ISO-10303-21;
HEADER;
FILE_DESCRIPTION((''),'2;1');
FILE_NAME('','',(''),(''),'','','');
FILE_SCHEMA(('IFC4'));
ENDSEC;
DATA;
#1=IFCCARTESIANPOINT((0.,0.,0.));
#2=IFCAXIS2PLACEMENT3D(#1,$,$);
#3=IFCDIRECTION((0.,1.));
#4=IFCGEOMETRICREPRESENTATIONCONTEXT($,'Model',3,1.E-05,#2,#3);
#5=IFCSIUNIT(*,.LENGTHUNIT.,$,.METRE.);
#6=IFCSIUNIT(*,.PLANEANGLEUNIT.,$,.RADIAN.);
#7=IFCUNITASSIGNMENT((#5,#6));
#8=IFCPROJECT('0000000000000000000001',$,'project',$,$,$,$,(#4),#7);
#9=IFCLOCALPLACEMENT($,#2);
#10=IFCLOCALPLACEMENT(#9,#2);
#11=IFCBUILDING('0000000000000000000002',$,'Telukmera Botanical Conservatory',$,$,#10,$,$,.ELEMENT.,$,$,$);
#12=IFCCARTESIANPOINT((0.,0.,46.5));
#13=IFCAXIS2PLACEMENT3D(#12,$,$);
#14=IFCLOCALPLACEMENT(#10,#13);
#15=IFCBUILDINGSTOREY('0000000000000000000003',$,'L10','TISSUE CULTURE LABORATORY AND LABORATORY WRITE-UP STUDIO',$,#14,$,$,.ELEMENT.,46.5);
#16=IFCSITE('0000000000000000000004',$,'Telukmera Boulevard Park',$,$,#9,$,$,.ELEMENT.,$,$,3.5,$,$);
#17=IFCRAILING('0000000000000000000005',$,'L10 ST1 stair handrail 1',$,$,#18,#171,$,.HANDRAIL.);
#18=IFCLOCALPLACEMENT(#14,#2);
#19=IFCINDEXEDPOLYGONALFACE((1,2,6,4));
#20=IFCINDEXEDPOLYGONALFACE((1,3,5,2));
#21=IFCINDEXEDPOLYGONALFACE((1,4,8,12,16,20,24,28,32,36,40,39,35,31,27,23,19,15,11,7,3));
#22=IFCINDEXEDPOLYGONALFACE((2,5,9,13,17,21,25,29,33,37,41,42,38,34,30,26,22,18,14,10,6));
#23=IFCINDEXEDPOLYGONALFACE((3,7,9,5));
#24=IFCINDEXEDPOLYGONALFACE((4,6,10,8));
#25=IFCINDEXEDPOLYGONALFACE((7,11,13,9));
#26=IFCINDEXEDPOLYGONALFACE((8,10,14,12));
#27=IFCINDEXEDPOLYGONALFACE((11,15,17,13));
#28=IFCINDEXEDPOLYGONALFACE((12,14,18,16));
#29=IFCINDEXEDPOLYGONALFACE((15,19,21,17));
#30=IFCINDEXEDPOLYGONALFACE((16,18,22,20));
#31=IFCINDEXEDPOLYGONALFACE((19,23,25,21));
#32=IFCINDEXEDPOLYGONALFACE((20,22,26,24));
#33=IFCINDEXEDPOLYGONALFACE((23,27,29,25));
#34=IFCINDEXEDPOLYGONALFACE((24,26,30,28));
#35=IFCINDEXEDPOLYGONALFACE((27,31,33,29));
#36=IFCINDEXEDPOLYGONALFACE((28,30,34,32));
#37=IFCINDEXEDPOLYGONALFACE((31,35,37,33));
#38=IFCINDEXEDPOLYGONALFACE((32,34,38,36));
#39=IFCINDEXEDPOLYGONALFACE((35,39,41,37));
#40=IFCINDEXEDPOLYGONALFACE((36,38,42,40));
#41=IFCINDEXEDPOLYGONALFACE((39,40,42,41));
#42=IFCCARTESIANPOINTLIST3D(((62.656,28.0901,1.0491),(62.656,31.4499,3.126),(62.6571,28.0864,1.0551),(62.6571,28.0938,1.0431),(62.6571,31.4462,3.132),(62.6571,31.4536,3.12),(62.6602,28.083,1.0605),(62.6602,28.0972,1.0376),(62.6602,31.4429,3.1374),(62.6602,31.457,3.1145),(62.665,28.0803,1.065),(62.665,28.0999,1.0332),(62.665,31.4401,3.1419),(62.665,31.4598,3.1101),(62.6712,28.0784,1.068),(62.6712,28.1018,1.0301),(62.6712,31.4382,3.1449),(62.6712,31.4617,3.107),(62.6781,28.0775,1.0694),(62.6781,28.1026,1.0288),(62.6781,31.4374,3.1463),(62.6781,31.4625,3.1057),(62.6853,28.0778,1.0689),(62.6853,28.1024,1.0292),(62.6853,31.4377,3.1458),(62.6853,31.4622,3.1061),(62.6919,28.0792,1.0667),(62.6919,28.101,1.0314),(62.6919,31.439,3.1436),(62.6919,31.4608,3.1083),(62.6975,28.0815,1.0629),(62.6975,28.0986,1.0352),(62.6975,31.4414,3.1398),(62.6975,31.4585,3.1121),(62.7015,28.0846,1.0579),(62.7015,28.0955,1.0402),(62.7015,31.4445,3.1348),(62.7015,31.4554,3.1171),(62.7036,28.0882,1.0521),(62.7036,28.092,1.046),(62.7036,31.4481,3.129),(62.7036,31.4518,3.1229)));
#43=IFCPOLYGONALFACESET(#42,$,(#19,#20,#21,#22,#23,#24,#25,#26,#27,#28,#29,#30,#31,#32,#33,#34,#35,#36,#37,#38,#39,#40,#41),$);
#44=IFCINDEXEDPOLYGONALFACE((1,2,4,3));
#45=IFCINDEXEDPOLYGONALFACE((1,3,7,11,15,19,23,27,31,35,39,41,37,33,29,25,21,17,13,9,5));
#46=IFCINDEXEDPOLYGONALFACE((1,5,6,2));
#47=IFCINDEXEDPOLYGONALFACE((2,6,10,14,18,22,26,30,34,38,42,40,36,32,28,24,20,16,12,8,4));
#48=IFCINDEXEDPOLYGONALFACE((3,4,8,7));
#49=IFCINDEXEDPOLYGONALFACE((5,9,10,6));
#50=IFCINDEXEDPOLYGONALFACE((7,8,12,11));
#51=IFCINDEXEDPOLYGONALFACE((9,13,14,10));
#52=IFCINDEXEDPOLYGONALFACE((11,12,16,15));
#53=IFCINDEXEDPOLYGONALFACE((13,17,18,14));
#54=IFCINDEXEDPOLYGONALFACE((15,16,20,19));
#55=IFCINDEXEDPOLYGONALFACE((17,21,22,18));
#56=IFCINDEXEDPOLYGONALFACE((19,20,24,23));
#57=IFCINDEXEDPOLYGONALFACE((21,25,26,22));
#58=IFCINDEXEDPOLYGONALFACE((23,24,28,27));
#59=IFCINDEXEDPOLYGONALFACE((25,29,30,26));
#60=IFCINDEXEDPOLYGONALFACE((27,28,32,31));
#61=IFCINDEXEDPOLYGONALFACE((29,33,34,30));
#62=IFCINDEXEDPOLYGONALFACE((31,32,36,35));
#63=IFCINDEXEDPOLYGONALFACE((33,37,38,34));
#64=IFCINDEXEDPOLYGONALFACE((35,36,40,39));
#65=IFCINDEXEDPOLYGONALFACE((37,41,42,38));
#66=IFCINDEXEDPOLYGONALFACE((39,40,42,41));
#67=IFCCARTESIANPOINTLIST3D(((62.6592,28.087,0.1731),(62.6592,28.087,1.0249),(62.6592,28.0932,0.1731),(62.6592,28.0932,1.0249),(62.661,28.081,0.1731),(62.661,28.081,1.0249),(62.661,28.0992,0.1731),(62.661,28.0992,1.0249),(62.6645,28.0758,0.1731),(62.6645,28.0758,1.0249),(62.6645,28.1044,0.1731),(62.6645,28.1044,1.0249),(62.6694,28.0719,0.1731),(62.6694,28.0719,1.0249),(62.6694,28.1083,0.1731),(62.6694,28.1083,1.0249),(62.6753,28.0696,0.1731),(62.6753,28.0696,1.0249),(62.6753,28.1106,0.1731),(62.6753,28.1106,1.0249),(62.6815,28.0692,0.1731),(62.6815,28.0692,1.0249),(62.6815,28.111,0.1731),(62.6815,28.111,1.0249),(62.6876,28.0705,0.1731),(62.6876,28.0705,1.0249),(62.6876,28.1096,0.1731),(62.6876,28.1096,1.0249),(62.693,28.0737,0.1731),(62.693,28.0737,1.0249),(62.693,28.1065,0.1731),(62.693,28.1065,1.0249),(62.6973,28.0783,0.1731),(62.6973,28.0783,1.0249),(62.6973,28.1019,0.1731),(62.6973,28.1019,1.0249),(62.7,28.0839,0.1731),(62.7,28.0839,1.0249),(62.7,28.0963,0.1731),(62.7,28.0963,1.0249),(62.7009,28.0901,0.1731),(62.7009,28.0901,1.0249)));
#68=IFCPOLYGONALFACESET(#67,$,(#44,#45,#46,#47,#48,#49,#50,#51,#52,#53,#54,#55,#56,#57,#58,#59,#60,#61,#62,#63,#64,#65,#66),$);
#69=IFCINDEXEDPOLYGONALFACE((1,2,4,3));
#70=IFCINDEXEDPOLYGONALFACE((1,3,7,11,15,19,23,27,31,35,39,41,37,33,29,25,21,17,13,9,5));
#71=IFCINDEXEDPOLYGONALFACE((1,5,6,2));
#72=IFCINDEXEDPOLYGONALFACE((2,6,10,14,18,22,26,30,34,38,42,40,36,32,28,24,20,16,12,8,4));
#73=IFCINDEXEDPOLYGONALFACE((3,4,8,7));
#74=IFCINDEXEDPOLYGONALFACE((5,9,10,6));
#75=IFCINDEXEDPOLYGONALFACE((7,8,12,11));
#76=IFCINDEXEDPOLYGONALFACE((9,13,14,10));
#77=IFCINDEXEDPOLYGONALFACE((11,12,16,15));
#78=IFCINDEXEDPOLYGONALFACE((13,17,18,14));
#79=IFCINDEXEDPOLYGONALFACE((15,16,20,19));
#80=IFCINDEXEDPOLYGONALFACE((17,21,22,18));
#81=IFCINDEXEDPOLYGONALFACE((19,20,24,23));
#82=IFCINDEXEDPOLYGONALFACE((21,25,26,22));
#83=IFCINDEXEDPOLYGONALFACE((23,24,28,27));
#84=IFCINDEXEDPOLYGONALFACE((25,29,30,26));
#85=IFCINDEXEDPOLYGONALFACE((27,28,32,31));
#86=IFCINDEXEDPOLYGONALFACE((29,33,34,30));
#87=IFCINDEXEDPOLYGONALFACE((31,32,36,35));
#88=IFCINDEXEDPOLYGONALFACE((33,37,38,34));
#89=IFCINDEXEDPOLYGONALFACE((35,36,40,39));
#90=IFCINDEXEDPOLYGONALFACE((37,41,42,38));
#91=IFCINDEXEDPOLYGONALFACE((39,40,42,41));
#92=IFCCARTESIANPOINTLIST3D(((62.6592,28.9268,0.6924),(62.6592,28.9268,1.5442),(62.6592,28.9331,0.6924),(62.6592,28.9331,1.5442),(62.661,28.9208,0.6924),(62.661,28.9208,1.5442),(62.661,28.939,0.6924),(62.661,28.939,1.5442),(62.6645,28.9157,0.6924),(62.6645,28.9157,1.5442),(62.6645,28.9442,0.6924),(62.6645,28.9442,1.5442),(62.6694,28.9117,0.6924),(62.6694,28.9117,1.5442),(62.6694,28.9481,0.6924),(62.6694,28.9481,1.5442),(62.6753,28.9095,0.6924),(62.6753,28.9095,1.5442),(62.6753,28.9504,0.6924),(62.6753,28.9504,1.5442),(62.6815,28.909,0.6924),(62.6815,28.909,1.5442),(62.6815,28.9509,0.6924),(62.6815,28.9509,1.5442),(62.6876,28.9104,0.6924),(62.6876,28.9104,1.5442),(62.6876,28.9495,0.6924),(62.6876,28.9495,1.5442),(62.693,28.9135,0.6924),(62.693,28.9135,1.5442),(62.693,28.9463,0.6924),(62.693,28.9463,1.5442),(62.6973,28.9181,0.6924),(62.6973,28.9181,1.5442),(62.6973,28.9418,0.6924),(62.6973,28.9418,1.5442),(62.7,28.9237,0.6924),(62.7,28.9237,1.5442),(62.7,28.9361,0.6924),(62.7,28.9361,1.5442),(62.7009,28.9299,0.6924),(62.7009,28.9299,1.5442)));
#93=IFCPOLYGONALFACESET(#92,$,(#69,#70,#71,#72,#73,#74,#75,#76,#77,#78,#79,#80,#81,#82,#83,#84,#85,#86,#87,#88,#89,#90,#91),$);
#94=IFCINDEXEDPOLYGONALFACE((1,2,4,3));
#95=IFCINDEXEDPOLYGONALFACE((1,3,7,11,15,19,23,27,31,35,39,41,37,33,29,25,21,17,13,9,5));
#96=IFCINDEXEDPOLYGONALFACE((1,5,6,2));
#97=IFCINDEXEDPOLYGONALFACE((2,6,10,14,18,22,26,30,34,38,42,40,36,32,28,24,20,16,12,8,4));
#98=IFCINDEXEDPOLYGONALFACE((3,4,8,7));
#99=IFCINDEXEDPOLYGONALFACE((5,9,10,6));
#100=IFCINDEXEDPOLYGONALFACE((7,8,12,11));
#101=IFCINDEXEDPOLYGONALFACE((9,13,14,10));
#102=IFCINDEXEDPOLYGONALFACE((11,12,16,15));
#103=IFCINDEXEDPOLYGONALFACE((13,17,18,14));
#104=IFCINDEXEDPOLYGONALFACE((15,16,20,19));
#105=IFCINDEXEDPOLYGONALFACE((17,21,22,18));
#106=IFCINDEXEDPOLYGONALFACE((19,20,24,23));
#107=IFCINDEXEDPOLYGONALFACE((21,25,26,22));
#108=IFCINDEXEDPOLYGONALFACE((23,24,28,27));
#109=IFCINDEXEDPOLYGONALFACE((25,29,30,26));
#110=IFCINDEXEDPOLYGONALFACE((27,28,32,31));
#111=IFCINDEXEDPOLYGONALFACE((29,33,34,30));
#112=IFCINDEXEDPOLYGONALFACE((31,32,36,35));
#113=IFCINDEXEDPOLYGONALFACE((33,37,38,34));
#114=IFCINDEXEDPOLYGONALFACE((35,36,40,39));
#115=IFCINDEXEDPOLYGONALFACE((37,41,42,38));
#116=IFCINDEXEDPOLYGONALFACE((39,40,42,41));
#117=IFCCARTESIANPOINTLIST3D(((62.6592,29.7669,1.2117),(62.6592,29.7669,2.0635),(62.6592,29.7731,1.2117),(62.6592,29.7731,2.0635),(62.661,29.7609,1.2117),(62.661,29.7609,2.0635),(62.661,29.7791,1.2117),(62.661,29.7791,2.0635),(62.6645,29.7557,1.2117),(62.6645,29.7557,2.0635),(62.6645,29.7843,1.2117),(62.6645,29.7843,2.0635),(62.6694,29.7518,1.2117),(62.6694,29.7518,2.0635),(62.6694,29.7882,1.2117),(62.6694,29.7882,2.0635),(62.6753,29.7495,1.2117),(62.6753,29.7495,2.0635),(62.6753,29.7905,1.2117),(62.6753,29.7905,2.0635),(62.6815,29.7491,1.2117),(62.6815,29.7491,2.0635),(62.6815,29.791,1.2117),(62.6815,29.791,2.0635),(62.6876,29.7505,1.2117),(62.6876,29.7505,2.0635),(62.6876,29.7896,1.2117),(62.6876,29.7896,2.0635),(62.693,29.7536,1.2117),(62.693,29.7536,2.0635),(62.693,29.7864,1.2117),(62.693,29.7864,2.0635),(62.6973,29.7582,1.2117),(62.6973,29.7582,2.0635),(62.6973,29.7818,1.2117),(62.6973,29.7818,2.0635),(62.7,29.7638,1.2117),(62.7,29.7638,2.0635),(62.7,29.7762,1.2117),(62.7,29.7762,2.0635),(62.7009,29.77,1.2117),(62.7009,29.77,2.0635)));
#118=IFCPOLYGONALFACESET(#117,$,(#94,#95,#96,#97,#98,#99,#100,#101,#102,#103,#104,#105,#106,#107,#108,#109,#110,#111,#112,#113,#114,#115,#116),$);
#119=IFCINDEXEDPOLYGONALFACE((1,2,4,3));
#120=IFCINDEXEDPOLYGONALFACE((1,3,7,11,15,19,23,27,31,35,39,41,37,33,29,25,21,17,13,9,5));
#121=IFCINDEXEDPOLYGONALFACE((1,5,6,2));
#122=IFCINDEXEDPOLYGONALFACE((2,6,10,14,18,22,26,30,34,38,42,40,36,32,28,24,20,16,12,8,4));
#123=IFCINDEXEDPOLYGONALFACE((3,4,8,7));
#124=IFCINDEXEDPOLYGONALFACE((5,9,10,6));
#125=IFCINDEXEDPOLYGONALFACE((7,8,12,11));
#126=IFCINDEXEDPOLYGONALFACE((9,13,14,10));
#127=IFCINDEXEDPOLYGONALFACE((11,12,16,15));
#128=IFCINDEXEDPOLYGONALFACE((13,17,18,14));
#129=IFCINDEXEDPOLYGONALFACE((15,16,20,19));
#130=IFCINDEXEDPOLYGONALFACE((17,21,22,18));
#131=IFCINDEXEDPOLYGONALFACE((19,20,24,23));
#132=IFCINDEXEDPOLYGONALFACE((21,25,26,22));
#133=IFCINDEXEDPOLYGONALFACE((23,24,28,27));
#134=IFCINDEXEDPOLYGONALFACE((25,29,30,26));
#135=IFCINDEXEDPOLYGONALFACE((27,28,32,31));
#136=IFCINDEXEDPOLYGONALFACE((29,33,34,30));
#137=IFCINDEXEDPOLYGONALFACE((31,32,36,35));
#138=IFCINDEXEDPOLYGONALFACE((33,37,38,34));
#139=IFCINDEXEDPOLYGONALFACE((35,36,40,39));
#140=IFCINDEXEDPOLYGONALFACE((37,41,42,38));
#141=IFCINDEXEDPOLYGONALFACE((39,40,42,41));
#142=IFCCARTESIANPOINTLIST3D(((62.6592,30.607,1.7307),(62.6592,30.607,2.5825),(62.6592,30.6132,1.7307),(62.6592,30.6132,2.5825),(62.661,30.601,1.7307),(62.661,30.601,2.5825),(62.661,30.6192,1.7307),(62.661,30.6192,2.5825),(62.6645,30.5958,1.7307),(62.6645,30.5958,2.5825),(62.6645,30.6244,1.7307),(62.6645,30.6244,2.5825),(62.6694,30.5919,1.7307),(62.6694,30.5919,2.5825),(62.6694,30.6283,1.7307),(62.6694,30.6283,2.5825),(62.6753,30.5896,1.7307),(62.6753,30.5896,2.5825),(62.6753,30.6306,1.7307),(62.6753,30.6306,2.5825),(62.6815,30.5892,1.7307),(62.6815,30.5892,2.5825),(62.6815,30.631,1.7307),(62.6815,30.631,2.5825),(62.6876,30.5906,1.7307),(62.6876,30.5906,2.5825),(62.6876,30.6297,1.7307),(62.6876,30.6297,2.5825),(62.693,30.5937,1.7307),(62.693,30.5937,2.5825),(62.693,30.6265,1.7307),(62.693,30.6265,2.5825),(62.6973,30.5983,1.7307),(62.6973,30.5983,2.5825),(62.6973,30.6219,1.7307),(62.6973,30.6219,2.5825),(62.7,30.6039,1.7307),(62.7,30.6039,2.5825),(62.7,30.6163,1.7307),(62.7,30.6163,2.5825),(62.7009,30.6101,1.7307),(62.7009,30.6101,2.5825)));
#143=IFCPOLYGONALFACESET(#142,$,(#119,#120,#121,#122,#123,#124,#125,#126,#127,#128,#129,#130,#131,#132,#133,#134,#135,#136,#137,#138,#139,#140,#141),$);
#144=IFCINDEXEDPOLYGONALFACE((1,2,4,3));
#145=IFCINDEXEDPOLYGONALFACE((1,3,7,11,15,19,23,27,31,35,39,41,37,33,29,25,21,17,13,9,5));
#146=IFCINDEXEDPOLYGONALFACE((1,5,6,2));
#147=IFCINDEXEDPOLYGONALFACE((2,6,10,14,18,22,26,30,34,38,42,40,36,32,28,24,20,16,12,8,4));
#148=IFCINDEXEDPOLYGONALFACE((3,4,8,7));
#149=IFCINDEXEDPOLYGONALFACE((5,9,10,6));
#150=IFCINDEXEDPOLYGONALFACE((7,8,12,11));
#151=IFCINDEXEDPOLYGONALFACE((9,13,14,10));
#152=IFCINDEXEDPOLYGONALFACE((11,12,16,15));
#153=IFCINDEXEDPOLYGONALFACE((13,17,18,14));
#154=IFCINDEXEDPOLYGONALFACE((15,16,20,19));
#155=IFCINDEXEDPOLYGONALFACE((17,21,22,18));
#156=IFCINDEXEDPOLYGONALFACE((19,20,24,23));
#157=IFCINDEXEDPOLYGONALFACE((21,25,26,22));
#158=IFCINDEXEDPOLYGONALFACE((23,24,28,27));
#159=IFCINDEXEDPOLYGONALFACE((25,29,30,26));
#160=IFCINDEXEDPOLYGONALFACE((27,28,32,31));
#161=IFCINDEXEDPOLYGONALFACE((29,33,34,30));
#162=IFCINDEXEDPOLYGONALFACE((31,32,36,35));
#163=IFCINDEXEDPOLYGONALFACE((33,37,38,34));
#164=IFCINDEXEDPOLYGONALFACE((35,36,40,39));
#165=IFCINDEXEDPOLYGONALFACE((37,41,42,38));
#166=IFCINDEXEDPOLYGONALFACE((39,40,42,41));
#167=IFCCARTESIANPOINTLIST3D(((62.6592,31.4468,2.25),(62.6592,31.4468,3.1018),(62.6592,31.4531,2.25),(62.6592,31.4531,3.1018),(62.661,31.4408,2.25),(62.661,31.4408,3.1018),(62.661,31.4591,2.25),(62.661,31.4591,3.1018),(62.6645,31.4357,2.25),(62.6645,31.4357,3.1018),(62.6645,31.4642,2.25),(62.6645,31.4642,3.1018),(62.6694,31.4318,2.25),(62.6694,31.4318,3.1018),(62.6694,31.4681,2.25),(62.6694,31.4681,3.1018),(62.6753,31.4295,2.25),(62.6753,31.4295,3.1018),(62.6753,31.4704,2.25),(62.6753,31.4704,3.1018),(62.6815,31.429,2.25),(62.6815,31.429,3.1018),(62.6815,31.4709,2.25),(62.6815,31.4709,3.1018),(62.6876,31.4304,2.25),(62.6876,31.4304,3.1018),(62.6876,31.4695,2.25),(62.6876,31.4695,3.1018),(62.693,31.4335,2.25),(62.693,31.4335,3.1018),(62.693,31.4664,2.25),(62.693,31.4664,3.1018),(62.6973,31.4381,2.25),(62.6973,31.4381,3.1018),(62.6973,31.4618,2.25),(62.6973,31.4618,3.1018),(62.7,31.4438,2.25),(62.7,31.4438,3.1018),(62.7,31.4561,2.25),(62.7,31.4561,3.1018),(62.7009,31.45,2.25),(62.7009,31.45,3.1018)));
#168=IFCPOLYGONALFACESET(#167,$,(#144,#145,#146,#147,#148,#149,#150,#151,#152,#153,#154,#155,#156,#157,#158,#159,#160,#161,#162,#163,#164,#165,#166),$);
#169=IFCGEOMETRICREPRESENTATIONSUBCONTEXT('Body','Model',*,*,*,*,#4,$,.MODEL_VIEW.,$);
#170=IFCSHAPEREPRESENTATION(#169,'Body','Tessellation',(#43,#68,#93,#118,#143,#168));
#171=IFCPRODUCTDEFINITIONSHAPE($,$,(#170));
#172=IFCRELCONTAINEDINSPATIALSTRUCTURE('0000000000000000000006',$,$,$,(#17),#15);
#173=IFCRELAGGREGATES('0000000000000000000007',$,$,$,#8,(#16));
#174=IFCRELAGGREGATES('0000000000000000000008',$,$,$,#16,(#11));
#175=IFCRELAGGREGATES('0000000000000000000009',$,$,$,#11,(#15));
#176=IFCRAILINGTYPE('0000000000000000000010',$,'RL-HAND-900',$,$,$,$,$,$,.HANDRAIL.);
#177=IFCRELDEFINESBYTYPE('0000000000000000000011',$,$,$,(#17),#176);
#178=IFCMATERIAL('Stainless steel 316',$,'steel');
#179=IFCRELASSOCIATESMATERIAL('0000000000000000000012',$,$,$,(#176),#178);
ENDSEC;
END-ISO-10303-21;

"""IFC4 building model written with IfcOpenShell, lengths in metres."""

from ifc_helpers import new_model, si_unit, direction, frame, origin, origin_2d, place, context, subcontext, project, spatial, circle, extrude, material, type_object, element, save


model = new_model("IFC4")

# Units and contexts
model_context = context("Model", 3, precision=1e-05, world=origin(), true_north=direction((0.0, 1.0)))
body_context = subcontext(model_context, "Body", "Model", "MODEL_VIEW")
ifc_project = project(units=[si_unit("LENGTHUNIT", "METRE"), si_unit("PLANEANGLEUNIT", "RADIAN")], contexts=[model_context])

# Site, building, storey
site_placement = place(None, origin())
site = spatial("IfcSite", under=ifc_project, at=site_placement, Name="Telukmera Boulevard Park", CompositionType="ELEMENT", RefElevation=3.5)
building_placement = place(site_placement, origin())
building = spatial("IfcBuilding", under=site, at=building_placement, Name="Telukmera Botanical Conservatory", CompositionType="ELEMENT")
storey_placement = place(building_placement, frame((0.0, 0.0, 46.5)))
storey = spatial("IfcBuildingStorey", under=building, at=storey_placement, Name="L10", Description="TISSUE CULTURE LABORATORY AND LABORATORY WRITE-UP STUDIO", CompositionType="ELEMENT", Elevation=46.5)

# Railing
ifc_material_1 = material(Name="Stainless steel 316", Category="steel")
railing_type_1 = type_object("IfcRailingType", Name="RL-HAND-900", PredefinedType="HANDRAIL", material=ifc_material_1)
railing_1_placement = place(storey_placement, frame((62.6799, 28.0901, 0.1731)))
element("IfcRailing", 1, at=railing_1_placement, inside=storey, type_object=railing_type_1, Name="L10 ST1 stair handrail 1", PredefinedType="HANDRAIL", context=body_context, shape_type="SweptSolid", body=[
    extrude(circle(Radius=0.0239, at=origin_2d()), frame((0.0, 0.0, 0.876), z_axis=(0.0, 0.850606, 0.525803), x_axis=(-1.0, 0.0, 0.0)), (0.0, 0.0, 1.0), 3.95),
    extrude(circle(Radius=0.021, at=origin_2d()), origin(), (0.0, 0.0, 1.0), 0.8518),
    extrude(circle(Radius=0.021, at=origin_2d()), frame((0.0, 0.8398, 0.5193)), (0.0, 0.0, 1.0), 0.8518),
    extrude(circle(Radius=0.021, at=origin_2d()), frame((0.0, 1.6799, 1.0386)), (0.0, 0.0, 1.0), 0.8518),
    extrude(circle(Radius=0.021, at=origin_2d()), frame((0.0, 2.52, 1.5576)), (0.0, 0.0, 1.0), 0.8518),
    extrude(circle(Radius=0.021, at=origin_2d()), frame((0.0, 3.3599, 2.0769)), (0.0, 0.0, 1.0), 0.8518),
])

save(model, "model.ifc")
